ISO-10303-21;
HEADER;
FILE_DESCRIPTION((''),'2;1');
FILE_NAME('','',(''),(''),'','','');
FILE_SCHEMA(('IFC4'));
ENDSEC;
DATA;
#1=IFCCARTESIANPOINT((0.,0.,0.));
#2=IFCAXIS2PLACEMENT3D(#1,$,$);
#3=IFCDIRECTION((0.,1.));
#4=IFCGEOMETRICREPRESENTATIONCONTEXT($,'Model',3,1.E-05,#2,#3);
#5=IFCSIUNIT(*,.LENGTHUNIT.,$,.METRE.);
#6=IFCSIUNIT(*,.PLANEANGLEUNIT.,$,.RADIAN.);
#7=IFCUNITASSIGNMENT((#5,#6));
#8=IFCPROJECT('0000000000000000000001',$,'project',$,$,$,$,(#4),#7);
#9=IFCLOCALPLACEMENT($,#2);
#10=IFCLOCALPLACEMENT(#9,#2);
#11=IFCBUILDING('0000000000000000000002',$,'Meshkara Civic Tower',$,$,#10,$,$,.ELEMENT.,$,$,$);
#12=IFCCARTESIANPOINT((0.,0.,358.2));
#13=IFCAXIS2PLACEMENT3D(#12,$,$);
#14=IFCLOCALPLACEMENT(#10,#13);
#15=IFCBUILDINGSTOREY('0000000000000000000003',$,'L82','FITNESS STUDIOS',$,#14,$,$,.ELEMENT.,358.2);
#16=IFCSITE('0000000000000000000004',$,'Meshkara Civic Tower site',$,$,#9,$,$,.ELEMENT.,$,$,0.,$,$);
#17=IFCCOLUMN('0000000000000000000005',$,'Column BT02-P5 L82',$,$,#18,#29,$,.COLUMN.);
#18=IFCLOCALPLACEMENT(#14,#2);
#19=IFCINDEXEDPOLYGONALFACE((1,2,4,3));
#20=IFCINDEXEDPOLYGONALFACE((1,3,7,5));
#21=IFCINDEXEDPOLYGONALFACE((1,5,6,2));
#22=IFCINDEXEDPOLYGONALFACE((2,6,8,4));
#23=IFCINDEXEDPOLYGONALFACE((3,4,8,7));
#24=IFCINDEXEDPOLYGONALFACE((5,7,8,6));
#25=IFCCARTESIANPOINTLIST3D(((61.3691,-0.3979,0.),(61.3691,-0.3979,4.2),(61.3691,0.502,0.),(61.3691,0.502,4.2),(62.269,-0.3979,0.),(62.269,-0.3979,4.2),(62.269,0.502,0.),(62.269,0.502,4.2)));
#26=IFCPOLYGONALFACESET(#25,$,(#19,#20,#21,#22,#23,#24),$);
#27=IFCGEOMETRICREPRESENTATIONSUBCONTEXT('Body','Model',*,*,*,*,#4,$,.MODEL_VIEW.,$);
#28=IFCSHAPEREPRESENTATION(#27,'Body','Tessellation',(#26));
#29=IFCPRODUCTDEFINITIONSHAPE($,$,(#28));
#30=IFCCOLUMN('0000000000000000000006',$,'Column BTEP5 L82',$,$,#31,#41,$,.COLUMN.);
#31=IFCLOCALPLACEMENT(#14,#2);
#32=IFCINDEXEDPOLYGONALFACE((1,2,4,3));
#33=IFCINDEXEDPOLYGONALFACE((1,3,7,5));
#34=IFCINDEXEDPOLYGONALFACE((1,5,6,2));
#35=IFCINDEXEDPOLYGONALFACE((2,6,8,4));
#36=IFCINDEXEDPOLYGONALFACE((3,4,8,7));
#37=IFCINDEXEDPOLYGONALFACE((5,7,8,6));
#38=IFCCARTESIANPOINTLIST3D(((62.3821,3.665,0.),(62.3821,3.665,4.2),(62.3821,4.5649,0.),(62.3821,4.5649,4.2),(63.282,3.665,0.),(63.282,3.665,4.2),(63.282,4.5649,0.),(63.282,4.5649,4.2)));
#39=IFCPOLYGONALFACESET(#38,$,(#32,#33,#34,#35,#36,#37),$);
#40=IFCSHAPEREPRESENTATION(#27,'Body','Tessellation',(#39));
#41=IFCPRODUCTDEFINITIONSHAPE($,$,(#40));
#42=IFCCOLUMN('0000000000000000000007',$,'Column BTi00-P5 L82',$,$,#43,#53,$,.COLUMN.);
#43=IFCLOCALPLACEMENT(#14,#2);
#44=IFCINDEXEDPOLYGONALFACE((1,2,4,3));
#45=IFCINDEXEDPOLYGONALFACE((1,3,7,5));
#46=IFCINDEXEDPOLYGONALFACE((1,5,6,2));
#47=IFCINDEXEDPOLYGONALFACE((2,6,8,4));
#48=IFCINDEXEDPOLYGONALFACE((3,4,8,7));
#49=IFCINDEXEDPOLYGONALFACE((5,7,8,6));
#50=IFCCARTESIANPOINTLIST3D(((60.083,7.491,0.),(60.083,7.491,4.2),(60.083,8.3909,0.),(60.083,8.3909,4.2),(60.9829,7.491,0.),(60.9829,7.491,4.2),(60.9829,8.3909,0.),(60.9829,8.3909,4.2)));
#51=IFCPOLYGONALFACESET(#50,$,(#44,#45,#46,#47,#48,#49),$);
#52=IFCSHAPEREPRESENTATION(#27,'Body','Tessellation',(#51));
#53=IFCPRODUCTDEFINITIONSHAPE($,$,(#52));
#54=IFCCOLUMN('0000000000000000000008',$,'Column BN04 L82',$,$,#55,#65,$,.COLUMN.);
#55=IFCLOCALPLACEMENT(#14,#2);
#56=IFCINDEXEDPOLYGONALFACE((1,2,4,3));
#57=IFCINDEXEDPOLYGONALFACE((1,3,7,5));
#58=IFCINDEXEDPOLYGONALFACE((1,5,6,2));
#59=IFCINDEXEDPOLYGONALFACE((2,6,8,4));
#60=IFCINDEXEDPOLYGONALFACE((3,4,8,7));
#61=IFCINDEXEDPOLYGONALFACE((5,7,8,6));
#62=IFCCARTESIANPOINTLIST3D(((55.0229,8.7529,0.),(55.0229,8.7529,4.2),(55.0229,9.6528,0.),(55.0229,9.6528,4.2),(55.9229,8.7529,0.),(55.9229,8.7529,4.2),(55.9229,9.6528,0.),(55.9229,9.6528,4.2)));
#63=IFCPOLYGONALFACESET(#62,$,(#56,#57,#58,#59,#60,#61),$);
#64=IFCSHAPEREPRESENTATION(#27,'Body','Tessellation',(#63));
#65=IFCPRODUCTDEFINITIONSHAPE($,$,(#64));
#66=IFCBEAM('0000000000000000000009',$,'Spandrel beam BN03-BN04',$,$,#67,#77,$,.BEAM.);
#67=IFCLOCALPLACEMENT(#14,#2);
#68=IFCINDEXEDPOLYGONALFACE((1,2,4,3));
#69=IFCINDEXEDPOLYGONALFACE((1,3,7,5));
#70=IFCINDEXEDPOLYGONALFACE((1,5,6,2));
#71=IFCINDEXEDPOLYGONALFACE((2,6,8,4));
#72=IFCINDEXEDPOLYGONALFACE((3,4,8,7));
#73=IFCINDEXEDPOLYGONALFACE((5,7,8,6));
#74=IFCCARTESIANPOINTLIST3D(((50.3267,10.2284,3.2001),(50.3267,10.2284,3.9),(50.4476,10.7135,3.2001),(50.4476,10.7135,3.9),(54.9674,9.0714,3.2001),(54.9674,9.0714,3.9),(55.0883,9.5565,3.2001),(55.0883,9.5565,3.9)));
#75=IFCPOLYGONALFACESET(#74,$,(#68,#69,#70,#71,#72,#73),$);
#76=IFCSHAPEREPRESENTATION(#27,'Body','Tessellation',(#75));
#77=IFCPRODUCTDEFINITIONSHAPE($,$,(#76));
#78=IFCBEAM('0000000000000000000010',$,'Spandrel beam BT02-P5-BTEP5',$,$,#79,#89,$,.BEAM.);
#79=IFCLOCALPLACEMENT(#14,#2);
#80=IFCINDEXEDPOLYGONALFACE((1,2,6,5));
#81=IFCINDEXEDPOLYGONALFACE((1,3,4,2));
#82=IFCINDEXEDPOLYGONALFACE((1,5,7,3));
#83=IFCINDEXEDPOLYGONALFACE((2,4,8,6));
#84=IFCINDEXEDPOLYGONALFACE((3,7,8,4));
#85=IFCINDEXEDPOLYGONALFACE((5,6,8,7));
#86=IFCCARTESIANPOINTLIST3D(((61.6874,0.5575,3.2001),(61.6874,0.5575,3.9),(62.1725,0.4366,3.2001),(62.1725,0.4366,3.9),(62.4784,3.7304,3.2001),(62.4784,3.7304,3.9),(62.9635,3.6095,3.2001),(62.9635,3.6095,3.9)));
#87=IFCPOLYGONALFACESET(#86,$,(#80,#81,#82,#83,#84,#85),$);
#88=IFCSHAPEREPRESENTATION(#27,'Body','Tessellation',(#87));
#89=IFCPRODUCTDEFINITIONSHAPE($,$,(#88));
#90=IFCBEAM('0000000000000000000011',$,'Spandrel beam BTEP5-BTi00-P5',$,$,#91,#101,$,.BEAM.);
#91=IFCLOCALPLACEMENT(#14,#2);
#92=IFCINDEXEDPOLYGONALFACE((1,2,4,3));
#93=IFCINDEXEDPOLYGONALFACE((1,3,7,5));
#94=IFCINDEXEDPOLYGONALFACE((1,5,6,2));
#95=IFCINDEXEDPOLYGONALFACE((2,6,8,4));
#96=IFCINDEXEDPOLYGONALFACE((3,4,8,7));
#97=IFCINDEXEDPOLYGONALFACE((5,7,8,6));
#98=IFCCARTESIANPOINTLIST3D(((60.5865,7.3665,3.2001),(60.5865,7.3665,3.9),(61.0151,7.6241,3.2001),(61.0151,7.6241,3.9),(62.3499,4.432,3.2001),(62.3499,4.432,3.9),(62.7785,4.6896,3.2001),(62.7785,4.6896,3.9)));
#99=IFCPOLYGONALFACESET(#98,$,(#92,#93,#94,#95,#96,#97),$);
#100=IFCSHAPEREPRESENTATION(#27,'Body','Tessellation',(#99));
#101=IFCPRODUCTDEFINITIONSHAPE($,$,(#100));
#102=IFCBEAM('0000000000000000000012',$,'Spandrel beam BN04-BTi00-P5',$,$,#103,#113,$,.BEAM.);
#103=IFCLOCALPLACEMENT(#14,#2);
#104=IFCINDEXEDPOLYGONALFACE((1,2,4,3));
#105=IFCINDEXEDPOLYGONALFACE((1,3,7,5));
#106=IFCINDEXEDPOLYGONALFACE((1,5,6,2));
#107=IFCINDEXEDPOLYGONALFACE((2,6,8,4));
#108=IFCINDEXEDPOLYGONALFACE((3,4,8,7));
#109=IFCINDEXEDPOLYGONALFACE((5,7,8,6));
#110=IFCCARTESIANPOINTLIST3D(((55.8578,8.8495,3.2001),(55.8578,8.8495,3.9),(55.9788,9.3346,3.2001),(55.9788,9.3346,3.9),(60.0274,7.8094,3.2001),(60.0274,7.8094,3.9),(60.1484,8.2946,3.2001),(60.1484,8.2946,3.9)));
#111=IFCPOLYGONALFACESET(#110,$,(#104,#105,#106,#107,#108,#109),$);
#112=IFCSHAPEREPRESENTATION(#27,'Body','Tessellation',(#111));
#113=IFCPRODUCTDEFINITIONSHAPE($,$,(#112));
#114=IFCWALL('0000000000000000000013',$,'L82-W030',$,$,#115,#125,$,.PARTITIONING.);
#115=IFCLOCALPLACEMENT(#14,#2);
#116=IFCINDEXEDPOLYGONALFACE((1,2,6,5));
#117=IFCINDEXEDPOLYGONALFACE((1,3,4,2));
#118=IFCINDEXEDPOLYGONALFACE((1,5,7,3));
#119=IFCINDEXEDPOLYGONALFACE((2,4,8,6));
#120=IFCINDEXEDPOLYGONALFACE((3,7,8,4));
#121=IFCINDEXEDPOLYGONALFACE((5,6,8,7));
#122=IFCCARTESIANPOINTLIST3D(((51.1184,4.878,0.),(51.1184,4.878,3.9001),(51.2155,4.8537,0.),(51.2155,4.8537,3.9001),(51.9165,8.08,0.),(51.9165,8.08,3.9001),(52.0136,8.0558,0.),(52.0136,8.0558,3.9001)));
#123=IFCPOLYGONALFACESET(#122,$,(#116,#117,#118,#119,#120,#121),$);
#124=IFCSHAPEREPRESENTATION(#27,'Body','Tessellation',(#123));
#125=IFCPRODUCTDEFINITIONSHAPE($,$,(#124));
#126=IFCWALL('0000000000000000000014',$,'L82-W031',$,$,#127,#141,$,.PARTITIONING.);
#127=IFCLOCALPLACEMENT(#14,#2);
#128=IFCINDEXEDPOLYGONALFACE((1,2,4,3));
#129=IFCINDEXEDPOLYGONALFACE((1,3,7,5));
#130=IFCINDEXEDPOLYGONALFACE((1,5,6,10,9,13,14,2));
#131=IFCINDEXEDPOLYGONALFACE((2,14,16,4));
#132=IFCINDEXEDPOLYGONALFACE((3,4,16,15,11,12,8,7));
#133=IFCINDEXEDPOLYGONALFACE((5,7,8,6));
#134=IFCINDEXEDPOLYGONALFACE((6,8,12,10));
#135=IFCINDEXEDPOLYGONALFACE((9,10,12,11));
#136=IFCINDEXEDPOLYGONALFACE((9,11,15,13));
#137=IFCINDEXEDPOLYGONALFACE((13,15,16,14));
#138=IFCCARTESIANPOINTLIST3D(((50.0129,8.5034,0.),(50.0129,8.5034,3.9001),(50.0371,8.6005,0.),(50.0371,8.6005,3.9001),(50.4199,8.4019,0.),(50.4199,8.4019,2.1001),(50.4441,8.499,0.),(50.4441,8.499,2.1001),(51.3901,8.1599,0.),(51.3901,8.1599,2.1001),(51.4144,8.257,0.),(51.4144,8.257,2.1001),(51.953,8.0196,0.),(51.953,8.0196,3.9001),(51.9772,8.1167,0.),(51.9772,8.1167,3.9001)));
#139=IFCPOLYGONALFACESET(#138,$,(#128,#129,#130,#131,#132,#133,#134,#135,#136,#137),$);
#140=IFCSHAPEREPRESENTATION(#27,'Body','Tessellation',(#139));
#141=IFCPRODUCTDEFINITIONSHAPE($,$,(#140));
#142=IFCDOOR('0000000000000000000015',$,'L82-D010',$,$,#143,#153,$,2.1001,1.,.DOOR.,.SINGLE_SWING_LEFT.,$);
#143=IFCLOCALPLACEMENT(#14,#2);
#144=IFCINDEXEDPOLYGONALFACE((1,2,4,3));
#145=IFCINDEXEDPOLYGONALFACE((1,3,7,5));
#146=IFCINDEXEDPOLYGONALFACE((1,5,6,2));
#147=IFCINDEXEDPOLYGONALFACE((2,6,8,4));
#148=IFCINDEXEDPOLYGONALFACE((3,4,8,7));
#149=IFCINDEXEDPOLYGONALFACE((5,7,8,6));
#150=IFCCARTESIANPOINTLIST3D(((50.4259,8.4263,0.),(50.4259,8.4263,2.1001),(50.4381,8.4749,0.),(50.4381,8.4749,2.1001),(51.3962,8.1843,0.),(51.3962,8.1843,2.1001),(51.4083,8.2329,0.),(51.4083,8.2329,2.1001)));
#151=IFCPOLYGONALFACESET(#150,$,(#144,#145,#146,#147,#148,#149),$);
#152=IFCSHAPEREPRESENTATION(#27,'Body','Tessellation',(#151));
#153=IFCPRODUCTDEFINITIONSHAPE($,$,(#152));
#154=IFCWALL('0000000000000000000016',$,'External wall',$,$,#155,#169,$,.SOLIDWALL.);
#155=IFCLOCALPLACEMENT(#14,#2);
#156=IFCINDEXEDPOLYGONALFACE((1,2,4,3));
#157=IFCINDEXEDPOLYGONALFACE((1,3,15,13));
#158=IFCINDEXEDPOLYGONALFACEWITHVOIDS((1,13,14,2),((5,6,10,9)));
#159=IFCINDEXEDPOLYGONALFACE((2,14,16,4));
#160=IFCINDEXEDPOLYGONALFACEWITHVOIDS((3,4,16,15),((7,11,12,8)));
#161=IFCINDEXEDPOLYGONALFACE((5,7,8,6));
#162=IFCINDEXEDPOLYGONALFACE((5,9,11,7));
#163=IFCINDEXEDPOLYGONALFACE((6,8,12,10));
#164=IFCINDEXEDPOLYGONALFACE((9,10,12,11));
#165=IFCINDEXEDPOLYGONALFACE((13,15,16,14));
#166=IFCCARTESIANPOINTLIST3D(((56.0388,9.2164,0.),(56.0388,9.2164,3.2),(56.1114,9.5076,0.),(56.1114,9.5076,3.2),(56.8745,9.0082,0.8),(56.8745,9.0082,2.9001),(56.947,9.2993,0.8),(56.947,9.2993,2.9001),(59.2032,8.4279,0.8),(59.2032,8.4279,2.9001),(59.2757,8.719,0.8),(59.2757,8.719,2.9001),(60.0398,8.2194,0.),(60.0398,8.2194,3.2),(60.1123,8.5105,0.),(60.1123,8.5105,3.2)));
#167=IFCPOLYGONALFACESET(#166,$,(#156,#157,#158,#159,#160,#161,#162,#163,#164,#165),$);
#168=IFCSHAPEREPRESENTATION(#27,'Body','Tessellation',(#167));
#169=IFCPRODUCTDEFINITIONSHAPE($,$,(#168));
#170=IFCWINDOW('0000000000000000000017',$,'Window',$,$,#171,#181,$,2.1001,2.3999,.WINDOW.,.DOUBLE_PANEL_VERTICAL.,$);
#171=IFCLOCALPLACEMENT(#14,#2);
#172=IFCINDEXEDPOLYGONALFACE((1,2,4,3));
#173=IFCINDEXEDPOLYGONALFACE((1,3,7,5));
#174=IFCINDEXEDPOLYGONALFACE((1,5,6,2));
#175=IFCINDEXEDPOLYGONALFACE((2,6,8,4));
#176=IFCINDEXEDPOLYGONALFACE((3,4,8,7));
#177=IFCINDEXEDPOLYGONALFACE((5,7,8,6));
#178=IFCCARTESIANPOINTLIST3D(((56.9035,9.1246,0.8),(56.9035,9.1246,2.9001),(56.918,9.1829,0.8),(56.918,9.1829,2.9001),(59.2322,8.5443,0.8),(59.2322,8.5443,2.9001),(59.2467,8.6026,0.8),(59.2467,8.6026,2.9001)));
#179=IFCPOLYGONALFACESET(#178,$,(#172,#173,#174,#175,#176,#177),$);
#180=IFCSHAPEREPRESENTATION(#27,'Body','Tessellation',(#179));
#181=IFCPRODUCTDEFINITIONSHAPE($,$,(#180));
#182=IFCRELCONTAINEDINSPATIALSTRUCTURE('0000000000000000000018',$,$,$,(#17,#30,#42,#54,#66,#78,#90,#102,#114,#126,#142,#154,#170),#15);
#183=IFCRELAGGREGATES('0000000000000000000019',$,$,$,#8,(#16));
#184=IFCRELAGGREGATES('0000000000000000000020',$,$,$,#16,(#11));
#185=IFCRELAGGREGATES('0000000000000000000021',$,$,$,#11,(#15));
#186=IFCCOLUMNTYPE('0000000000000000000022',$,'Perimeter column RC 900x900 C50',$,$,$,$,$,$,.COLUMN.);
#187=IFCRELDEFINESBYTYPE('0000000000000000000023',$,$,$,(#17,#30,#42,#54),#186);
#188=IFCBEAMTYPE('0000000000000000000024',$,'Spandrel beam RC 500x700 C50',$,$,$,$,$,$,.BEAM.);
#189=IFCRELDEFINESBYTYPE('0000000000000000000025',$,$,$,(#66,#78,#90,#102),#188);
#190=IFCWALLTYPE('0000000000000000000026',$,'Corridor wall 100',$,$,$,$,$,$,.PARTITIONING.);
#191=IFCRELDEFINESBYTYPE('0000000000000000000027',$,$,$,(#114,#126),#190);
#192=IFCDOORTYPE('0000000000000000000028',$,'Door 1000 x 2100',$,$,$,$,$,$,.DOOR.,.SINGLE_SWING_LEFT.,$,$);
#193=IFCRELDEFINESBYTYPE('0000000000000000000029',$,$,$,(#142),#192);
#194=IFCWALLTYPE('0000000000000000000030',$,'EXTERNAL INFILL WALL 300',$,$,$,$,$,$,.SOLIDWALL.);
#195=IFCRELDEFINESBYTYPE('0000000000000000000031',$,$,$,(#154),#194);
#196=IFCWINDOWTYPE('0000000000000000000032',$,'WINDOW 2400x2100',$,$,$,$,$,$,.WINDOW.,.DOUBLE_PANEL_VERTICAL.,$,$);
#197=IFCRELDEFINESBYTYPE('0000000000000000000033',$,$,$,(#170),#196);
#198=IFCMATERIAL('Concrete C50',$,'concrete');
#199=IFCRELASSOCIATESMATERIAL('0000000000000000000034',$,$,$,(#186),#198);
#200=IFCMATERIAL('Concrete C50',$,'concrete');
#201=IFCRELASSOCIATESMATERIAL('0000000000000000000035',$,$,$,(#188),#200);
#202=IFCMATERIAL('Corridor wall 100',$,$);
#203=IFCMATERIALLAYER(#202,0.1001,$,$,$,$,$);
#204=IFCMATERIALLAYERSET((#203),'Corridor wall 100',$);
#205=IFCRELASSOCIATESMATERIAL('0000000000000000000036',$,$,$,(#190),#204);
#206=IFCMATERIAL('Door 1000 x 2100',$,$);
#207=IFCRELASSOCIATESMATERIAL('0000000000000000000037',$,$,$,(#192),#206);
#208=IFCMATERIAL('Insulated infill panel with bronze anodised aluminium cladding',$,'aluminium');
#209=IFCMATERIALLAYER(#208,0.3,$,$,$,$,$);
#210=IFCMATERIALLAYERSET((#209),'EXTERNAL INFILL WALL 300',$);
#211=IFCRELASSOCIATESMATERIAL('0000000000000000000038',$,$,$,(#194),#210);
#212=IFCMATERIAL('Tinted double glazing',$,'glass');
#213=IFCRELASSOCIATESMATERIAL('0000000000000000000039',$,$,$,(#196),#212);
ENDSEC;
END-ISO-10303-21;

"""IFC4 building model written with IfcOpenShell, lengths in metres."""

from ifc_helpers import new_model, si_unit, direction, frame, frame_2d, origin, origin_2d, place, context, subcontext, project, spatial, rectangle, extrude, material, layer, layer_set, material_profile, profile_set, type_object, element, fill, save


model = new_model("IFC4")

# Units and contexts
model_context = context("Model", 3, precision=1e-05, world=origin(), true_north=direction((0.0, 1.0)))
body_context = subcontext(model_context, "Body", "Model", "MODEL_VIEW")
ifc_project = project(units=[si_unit("LENGTHUNIT", "METRE"), si_unit("PLANEANGLEUNIT", "RADIAN")], contexts=[model_context])

# Site, building, storey
site_placement = place(None, origin())
site = spatial("IfcSite", under=ifc_project, at=site_placement, Name="Meshkara Civic Tower site", CompositionType="ELEMENT", RefElevation=0.0)
building_placement = place(site_placement, origin())
building = spatial("IfcBuilding", under=site, at=building_placement, Name="Meshkara Civic Tower", CompositionType="ELEMENT")
storey_placement = place(building_placement, frame((0.0, 0.0, 358.2)))
storey = spatial("IfcBuildingStorey", under=building, at=storey_placement, Name="L82", Description="FITNESS STUDIOS", CompositionType="ELEMENT", Elevation=358.2)

# Columns
ifc_material_1 = material(Name="Concrete C50", Category="concrete")
ifc_material_profile_1 = material_profile(ifc_material_1, rectangle(XDim=0.8999, YDim=0.8999, at=origin_2d()))
ifc_profile_set_1 = profile_set([ifc_material_profile_1], Name="Concrete C50")
column_type = type_object("IfcColumnType", Name="Perimeter column RC 900x900 C50", PredefinedType="COLUMN", material=ifc_profile_set_1)
for number, where, z_axis, x_axis, name in (
    (1, (61.8191, 0.052, 0.0), (0.0, 0.0, 1.0), (1.0, 0.0, 0.0), "Column BT02-P5 L82"),
    (2, (62.832, 4.115, 0.0), (0.0, 0.0, 1.0), (1.0, 0.0, 0.0), "Column BTEP5 L82"),
    (3, (60.533, 7.9409, 0.0), (0.0, 0.0, 1.0), (1.0, 0.0, 0.0), "Column BTi00-P5 L82"),
    (4, (55.4729, 9.2029, 0.0), (0.0, 0.0, 1.0), (1.0, 0.0, 0.0), "Column BN04 L82"),
):
    element("IfcColumn", number, at=place(storey_placement, frame(where, z_axis=z_axis, x_axis=x_axis)), inside=storey, type_object=column_type, Name=name, PredefinedType="COLUMN", context=body_context, shape_type="SweptSolid", body=[
        extrude(rectangle(XDim=0.8999, YDim=0.8999, at=origin_2d()), origin(), (0.0, 0.0, 1.0), 4.2),
    ])

# Beams
ifc_material_2 = material(Name="Concrete C50", Category="concrete")
ifc_material_profile_2 = material_profile(ifc_material_2, rectangle(XDim=0.5, YDim=0.7, at=origin_2d()))
ifc_profile_set_2 = profile_set([ifc_material_profile_2], Name="Concrete C50")
beam_type = type_object("IfcBeamType", Name="Spandrel beam RC 500x700 C50", PredefinedType="BEAM", material=ifc_profile_set_2)
beam_1_placement = place(storey_placement, frame((55.0278, 9.314, 3.55), z_axis=(-0.970298, 0.241911, 0.0), x_axis=(-0.241911, -0.970298, 0.0)))
element("IfcBeam", 5, at=beam_1_placement, inside=storey, type_object=beam_type, Name="Spandrel beam BN03-BN04", PredefinedType="BEAM", context=body_context, shape_type="SweptSolid", body=[
    extrude(rectangle(XDim=0.5, YDim=0.7, at=origin_2d()), origin(), (0.0, 0.0, 1.0), 4.7827),
])
beam_2_placement = place(storey_placement, frame((61.9299, 0.4971, 3.55), z_axis=(0.241903, 0.9703, 0.0), x_axis=(-0.9703, 0.241903, 0.0)))
element("IfcBeam", 6, at=beam_2_placement, inside=storey, type_object=beam_type, Name="Spandrel beam BT02-P5-BTEP5", PredefinedType="BEAM", context=body_context, shape_type="SweptSolid", body=[
    extrude(rectangle(XDim=0.5, YDim=0.7, at=origin_2d()), origin(), (0.0, 0.0, 1.0), 3.27),
])
beam_3_placement = place(storey_placement, frame((62.5642, 4.5608, 3.55), z_axis=(-0.515072, 0.857147, 0.0), x_axis=(-0.857147, -0.515072, 0.0)))
element("IfcBeam", 7, at=beam_3_placement, inside=storey, type_object=beam_type, Name="Spandrel beam BTEP5-BTi00-P5", PredefinedType="BEAM", context=body_context, shape_type="SweptSolid", body=[
    extrude(rectangle(XDim=0.5, YDim=0.7, at=origin_2d()), origin(), (0.0, 0.0, 1.0), 3.4236),
])
beam_4_placement = place(storey_placement, frame((60.0879, 8.052, 3.55), z_axis=(-0.970273, 0.242014, 0.0), x_axis=(-0.242014, -0.970273, 0.0)))
element("IfcBeam", 8, at=beam_4_placement, inside=storey, type_object=beam_type, Name="Spandrel beam BN04-BTi00-P5", PredefinedType="BEAM", context=body_context, shape_type="SweptSolid", body=[
    extrude(rectangle(XDim=0.5, YDim=0.7, at=origin_2d()), origin(), (0.0, 0.0, 1.0), 4.2974),
])

# Wall
ifc_material_3 = material(Name="Corridor wall 100")
ifc_layer_1 = layer(ifc_material_3, 0.1001)
ifc_layer_set_1 = layer_set([ifc_layer_1], Name="Corridor wall 100")
wall_type_1 = type_object("IfcWallType", Name="Corridor wall 100", PredefinedType="PARTITIONING", material=ifc_layer_set_1)
wall_1_placement = place(storey_placement, frame((51.167, 4.866, 0.0), z_axis=(0.0, 0.0, 1.0), x_axis=(0.241839, 0.970316, 0.0)))
element("IfcWall", 9, at=wall_1_placement, inside=storey, type_object=wall_type_1, Name="L82-W030", PredefinedType="PARTITIONING", context=body_context, shape_type="SweptSolid", body=[
    extrude(rectangle(XDim=3.3, YDim=0.1001, at=frame_2d((1.6499, 0.0))), origin(), (0.0, 0.0, 1.0), 3.9001),
])

# Wall, opening, door
wall_2_placement = place(storey_placement, frame((51.9651, 8.0681, 0.0), z_axis=(0.0, 0.0, 1.0), x_axis=(-0.970279, 0.24199, 0.0)))
wall_2 = element("IfcWall", 10, at=wall_2_placement, inside=storey, type_object=wall_type_1, Name="L82-W031", PredefinedType="PARTITIONING", context=body_context, shape_type="SweptSolid", body=[
    extrude(rectangle(XDim=1.9995, YDim=0.1001, at=frame_2d((0.9998, 0.0))), origin(), (0.0, 0.0, 1.0), 3.9001),
])
opening_1_placement = place(wall_2_placement, frame((0.5801, 0.0, 0.0)))
opening_1 = element("IfcOpeningElement", 11, at=opening_1_placement, cuts=wall_2, PredefinedType="OPENING", context=body_context, shape_type="SweptSolid", body=[
    extrude(rectangle(XDim=1.0, YDim=2.1001, at=frame_2d((0.5, 1.05))), frame((0.0, 0.0601, 0.0), z_axis=(0.0, -1.0, 0.0), x_axis=(1.0, 0.0, 0.0)), (0.0, 0.0, 1.0), 0.1201),
])
ifc_material_4 = material(Name="Door 1000 x 2100")
door_type = type_object("IfcDoorType", Name="Door 1000 x 2100", OperationType="SINGLE_SWING_LEFT", PredefinedType="DOOR", material=ifc_material_4)
door_placement = place(opening_1_placement, origin())
door = element("IfcDoor", 12, at=door_placement, inside=storey, type_object=door_type, Name="L82-D010", OperationType="SINGLE_SWING_LEFT", OverallHeight=2.1001, OverallWidth=1.0, PredefinedType="DOOR", context=body_context, shape_type="SweptSolid", body=[
    extrude(rectangle(XDim=1.0, YDim=2.1001, at=frame_2d((0.5, 1.05))), frame((0.0, 0.0249, 0.0), z_axis=(0.0, -1.0, 0.0), x_axis=(1.0, 0.0, 0.0)), (0.0, 0.0, 1.0), 0.05),
])
fill(opening_1, door)

# Wall, opening, window
ifc_material_5 = material(Name="Insulated infill panel with bronze anodised aluminium cladding", Category="aluminium")
ifc_layer_2 = layer(ifc_material_5, 0.3)
ifc_layer_set_2 = layer_set([ifc_layer_2], Name="EXTERNAL INFILL WALL 300")
wall_type_2 = type_object("IfcWallType", Name="EXTERNAL INFILL WALL 300", PredefinedType="SOLIDWALL", material=ifc_layer_set_2)
wall_3_placement = place(storey_placement, frame((60.0759, 8.365, 0.0), z_axis=(0.0, 0.0, 1.0), x_axis=(-0.970323, 0.241811, 0.0)))
wall_3 = element("IfcWall", 13, at=wall_3_placement, inside=storey, type_object=wall_type_2, Name="External wall", PredefinedType="SOLIDWALL", context=body_context, shape_type="SweptSolid", body=[
    extrude(rectangle(XDim=4.1233, YDim=0.3, at=frame_2d((2.0615, 0.0))), origin(), (0.0, 0.0, 1.0), 3.2),
])
opening_2_placement = place(wall_3_placement, frame((0.8621, 0.0, 0.8)))
opening_2 = element("IfcOpeningElement", 14, at=opening_2_placement, cuts=wall_3, PredefinedType="OPENING", context=body_context, shape_type="SweptSolid", body=[
    extrude(rectangle(XDim=2.3999, YDim=2.1001, at=frame_2d((1.2, 1.05))), frame((0.0, 0.1599, 0.0), z_axis=(0.0, -1.0, 0.0), x_axis=(1.0, 0.0, 0.0)), (0.0, 0.0, 1.0), 0.3201),
])
ifc_material_6 = material(Name="Tinted double glazing", Category="glass")
window_type = type_object("IfcWindowType", Name="WINDOW 2400x2100", PartitioningType="DOUBLE_PANEL_VERTICAL", PredefinedType="WINDOW", material=ifc_material_6)
window_1_placement = place(opening_2_placement, origin())
window_1 = element("IfcWindow", 15, at=window_1_placement, inside=storey, type_object=window_type, Name="Window", OverallHeight=2.1001, OverallWidth=2.3999, PartitioningType="DOUBLE_PANEL_VERTICAL", PredefinedType="WINDOW", context=body_context, shape_type="SweptSolid", body=[
    extrude(rectangle(XDim=2.3999, YDim=2.1001, at=frame_2d((1.2, 1.05))), frame((0.0, 0.03, 0.0), z_axis=(0.0, -1.0, 0.0), x_axis=(1.0, 0.0, 0.0)), (0.0, 0.0, 1.0), 0.0601),
])
fill(opening_2, window_1)

save(model, "model.ifc")
